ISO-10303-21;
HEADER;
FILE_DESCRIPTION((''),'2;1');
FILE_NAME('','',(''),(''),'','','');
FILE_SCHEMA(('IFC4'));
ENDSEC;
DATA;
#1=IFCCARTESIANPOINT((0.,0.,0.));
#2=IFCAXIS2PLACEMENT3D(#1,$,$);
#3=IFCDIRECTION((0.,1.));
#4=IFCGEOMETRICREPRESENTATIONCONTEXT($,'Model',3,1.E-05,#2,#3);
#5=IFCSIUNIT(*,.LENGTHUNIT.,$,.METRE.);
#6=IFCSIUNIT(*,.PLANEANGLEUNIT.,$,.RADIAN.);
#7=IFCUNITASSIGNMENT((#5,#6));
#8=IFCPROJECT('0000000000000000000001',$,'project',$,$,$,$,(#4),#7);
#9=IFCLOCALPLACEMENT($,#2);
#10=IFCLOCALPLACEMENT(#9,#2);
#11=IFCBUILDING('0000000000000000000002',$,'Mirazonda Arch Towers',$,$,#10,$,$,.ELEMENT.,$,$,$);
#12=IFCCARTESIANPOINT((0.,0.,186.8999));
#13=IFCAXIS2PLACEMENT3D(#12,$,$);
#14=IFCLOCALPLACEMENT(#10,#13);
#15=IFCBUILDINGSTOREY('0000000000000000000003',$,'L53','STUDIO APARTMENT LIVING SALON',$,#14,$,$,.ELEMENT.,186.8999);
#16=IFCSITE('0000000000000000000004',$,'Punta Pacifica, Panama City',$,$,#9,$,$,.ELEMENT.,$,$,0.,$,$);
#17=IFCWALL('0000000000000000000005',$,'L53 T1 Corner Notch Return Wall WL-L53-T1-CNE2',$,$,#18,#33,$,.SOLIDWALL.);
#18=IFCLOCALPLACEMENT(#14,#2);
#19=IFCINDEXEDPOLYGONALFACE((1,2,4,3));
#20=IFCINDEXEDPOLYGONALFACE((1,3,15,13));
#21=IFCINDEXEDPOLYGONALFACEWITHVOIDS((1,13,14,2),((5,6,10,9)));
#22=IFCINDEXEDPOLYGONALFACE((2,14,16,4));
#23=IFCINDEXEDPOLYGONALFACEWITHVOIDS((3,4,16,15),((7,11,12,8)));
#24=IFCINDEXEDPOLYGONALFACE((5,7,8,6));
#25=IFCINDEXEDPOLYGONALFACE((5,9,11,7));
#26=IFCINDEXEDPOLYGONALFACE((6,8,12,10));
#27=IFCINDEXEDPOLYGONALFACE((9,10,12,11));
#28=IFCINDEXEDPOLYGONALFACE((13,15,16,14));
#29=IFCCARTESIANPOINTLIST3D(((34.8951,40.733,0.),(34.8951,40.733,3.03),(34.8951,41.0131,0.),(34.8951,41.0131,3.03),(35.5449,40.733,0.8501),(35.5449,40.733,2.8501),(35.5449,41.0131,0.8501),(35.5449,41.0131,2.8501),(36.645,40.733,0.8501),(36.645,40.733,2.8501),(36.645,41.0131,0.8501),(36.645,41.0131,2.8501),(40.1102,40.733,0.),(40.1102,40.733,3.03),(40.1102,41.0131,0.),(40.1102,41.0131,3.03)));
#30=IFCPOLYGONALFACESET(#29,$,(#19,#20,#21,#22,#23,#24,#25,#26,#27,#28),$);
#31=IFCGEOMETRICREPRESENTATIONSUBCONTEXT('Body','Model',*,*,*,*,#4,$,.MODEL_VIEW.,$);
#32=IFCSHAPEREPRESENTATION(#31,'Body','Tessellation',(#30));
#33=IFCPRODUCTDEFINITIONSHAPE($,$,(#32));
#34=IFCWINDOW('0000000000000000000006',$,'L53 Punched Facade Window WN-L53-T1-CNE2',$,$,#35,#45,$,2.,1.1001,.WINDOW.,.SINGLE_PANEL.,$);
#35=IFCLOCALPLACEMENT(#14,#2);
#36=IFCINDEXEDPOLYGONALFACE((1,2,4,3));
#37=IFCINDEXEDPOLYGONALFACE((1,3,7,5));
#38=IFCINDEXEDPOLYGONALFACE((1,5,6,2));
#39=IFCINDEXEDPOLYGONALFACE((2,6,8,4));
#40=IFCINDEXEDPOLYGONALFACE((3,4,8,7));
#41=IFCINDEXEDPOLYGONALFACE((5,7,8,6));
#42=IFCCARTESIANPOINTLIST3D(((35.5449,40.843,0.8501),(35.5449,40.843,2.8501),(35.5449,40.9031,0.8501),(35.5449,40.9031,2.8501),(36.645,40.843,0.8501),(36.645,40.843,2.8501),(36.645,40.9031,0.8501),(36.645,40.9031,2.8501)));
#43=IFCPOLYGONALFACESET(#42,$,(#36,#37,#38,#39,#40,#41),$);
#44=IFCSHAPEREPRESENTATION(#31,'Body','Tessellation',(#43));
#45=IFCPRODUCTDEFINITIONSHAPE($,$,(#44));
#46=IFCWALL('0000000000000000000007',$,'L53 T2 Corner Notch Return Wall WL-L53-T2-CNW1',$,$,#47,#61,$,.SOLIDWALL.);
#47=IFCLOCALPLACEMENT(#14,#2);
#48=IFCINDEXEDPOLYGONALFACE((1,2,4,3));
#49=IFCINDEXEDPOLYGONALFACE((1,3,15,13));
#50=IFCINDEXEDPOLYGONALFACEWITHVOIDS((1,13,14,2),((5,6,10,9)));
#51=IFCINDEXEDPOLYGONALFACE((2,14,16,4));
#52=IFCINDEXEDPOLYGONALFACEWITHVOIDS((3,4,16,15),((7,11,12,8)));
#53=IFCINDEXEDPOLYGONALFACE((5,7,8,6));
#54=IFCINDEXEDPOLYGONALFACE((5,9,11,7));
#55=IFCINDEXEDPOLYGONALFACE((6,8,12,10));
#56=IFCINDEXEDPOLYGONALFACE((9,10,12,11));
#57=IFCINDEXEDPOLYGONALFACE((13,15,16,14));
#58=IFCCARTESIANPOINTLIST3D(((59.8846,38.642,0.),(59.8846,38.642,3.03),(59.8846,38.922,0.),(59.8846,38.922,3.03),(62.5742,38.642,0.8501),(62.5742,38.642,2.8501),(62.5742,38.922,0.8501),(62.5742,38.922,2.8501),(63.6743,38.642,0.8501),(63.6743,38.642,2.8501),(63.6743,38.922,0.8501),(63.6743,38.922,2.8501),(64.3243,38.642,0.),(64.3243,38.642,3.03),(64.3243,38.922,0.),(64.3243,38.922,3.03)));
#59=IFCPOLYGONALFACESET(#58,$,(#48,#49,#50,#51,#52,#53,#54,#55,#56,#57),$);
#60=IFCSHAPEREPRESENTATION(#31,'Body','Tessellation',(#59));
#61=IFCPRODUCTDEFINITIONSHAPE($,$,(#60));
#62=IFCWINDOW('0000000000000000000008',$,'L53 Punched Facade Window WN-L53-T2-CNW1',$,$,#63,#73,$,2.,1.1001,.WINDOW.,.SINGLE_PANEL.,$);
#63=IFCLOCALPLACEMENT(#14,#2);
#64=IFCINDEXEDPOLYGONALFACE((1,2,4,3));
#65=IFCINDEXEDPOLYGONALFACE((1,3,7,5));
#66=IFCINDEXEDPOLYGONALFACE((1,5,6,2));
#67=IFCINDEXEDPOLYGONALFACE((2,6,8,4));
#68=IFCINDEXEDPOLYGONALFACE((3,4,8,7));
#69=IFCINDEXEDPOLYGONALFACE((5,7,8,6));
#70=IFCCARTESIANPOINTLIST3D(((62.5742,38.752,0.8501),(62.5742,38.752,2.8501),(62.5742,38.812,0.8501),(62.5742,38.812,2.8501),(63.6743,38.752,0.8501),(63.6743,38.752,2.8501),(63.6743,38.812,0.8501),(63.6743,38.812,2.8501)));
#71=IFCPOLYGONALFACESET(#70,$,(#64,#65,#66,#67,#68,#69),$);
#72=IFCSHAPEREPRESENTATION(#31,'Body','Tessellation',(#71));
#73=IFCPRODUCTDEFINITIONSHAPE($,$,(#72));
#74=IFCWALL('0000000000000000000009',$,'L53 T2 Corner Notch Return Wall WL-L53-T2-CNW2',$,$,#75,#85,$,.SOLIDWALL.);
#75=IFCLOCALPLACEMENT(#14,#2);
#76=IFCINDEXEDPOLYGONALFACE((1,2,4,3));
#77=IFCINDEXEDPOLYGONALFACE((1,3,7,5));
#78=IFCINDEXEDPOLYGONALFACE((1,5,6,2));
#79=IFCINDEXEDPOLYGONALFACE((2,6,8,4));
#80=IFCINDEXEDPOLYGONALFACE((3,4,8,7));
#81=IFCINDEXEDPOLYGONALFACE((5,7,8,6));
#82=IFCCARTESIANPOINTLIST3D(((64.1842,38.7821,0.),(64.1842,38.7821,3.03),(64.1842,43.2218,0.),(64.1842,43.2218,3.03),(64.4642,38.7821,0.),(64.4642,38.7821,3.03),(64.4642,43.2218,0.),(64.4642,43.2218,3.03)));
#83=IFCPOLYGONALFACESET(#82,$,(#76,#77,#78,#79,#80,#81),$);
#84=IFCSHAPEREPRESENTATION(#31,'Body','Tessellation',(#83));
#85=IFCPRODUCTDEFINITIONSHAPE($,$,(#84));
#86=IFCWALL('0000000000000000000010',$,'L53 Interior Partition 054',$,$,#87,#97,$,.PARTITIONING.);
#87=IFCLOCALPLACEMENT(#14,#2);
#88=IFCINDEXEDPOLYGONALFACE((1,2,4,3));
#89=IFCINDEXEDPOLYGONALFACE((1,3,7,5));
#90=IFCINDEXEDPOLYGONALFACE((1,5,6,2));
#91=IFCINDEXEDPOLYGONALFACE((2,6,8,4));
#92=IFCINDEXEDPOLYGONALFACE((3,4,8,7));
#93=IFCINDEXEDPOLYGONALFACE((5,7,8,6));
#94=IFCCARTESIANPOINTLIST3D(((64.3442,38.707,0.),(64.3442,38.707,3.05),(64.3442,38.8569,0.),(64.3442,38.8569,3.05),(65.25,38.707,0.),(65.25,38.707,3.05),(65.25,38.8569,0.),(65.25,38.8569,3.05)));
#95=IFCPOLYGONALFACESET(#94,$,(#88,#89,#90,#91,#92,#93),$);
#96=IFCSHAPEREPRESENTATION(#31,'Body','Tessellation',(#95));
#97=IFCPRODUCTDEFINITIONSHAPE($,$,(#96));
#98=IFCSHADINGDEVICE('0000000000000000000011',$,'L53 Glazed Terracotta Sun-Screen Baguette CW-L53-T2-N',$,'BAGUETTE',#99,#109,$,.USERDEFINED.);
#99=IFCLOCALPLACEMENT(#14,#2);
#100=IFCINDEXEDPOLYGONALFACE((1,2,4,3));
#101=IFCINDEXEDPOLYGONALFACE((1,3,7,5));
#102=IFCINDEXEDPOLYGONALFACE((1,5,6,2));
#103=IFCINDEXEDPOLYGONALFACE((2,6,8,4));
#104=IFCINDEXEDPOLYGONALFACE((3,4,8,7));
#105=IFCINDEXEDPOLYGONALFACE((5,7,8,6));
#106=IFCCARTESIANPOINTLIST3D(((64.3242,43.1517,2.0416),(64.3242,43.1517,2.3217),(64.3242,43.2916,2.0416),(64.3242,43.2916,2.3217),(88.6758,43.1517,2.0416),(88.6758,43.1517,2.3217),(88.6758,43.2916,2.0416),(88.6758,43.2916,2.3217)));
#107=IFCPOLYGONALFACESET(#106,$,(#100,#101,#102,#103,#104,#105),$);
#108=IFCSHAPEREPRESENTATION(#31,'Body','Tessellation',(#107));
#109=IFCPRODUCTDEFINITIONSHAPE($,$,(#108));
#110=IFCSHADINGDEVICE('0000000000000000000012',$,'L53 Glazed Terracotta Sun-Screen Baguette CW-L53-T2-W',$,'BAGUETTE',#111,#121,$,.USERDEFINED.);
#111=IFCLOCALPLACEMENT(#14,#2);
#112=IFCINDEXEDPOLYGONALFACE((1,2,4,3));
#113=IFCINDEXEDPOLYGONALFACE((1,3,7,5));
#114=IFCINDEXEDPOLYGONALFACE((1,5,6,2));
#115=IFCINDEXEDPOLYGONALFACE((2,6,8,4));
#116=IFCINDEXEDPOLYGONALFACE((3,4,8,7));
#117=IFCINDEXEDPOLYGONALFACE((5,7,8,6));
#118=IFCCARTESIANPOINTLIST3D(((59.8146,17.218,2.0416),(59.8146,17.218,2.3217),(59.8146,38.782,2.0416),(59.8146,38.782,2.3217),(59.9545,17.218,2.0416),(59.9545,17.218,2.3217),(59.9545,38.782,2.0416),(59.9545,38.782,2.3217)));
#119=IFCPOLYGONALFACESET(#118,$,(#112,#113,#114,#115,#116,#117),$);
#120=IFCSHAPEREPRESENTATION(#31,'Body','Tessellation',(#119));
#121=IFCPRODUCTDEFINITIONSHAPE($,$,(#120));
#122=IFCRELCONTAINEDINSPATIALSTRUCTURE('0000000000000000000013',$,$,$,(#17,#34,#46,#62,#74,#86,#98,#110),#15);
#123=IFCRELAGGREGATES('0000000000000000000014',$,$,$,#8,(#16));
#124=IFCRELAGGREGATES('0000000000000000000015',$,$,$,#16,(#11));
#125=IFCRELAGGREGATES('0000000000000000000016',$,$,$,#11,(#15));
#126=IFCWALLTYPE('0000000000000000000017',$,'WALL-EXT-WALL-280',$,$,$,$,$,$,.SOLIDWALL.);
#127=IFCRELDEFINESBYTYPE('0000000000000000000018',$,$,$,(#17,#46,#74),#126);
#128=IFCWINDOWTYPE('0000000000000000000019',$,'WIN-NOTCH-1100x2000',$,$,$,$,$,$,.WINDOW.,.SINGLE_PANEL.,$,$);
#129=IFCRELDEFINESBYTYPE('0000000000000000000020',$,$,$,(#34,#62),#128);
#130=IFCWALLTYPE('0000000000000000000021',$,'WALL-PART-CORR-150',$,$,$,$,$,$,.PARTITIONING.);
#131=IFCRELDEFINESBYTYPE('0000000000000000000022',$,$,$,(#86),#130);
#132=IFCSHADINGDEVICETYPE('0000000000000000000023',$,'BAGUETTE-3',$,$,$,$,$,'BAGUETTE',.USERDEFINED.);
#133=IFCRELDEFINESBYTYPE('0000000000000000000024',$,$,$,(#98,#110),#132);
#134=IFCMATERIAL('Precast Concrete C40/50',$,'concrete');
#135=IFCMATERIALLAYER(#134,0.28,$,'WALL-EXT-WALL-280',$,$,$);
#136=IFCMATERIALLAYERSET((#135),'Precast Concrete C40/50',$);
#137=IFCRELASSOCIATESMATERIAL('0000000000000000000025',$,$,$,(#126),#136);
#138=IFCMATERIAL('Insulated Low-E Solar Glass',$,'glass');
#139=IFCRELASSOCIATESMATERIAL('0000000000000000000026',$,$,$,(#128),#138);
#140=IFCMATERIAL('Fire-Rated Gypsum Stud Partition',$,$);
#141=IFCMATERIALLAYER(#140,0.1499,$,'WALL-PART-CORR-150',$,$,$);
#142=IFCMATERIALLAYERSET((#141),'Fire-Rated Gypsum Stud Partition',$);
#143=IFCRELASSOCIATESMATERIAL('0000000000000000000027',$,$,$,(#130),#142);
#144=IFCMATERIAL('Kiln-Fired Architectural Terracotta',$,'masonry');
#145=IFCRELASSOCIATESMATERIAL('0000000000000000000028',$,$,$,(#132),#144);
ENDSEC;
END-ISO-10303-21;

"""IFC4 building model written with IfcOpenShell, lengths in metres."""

from ifc_helpers import new_model, si_unit, direction, frame, frame_2d, origin, origin_2d, place, context, subcontext, project, spatial, rectangle, extrude, material, layer, layer_set, material_profile, profile_set, type_object, element, fill, save


model = new_model("IFC4")

# Units and contexts
model_context = context("Model", 3, precision=1e-05, world=origin(), true_north=direction((0.0, 1.0)))
body_context = subcontext(model_context, "Body", "Model", "MODEL_VIEW")
ifc_project = project(units=[si_unit("LENGTHUNIT", "METRE"), si_unit("PLANEANGLEUNIT", "RADIAN")], contexts=[model_context])

# Site, building, storey
site_placement = place(None, origin())
site = spatial("IfcSite", under=ifc_project, at=site_placement, Name="Punta Pacifica, Panama City", CompositionType="ELEMENT", RefElevation=0.0)
building_placement = place(site_placement, origin())
building = spatial("IfcBuilding", under=site, at=building_placement, Name="Mirazonda Arch Towers", CompositionType="ELEMENT")
storey_placement = place(building_placement, frame((0.0, 0.0, 186.8999)))
storey = spatial("IfcBuildingStorey", under=building, at=storey_placement, Name="L53", Description="STUDIO APARTMENT LIVING SALON", CompositionType="ELEMENT", Elevation=186.8999)

# Shared definitions
ifc_material_1 = material(Name="Insulated Low-E Solar Glass", Category="glass")

# Walls, openings, windows
ifc_material_2 = material(Name="Precast Concrete C40/50", Category="concrete")
ifc_layer_1 = layer(ifc_material_2, 0.28, Name="WALL-EXT-WALL-280")
ifc_layer_set_1 = layer_set([ifc_layer_1], Name="Precast Concrete C40/50")
wall_type_1 = type_object("IfcWallType", Name="WALL-EXT-WALL-280", PredefinedType="SOLIDWALL", material=ifc_layer_set_1)
wall_1_placement = place(storey_placement, frame((40.1101, 40.873, 0.0), z_axis=(0.0, 0.0, 1.0), x_axis=(-1.0, 0.0, 0.0)))
wall_1 = element("IfcWall", 1, at=wall_1_placement, inside=storey, type_object=wall_type_1, Name="L53 T1 Corner Notch Return Wall WL-L53-T1-CNE2", PredefinedType="SOLIDWALL", context=body_context, shape_type="SweptSolid", body=[
    extrude(rectangle(XDim=5.2151, YDim=0.28, at=frame_2d((2.6074, 0.0))), origin(), (0.0, 0.0, 1.0), 3.03),
])
opening_1_placement = place(wall_1_placement, frame((3.4651, 0.0, 0.8501)))
opening_1 = element("IfcOpeningElement", 2, at=opening_1_placement, cuts=wall_1, PredefinedType="OPENING", context=body_context, shape_type="SweptSolid", body=[
    extrude(rectangle(XDim=1.1001, YDim=2.0, at=frame_2d((0.55, 1.0))), frame((0.0, 0.1499, 0.0), z_axis=(0.0, -1.0, 0.0), x_axis=(1.0, 0.0, 0.0)), (0.0, 0.0, 1.0), 0.3),
])
window_type = type_object("IfcWindowType", Name="WIN-NOTCH-1100x2000", PartitioningType="SINGLE_PANEL", PredefinedType="WINDOW", material=ifc_material_1)
window_1_placement = place(opening_1_placement, origin())
window_1 = element("IfcWindow", 3, at=window_1_placement, inside=storey, type_object=window_type, Name="L53 Punched Facade Window WN-L53-T1-CNE2", OverallHeight=2.0, OverallWidth=1.1001, PartitioningType="SINGLE_PANEL", PredefinedType="WINDOW", context=body_context, shape_type="SweptSolid", body=[
    extrude(rectangle(XDim=1.1001, YDim=2.0, at=frame_2d((0.55, 1.0))), frame((0.0, 0.03, 0.0), z_axis=(0.0, -1.0, 0.0), x_axis=(1.0, 0.0, 0.0)), (0.0, 0.0, 1.0), 0.0601),
])
fill(opening_1, window_1)
wall_2_placement = place(storey_placement, frame((64.3242, 38.782, 0.0), z_axis=(0.0, 0.0, 1.0), x_axis=(-1.0, 0.0, 0.0)))
wall_2 = element("IfcWall", 4, at=wall_2_placement, inside=storey, type_object=wall_type_1, Name="L53 T2 Corner Notch Return Wall WL-L53-T2-CNW1", PredefinedType="SOLIDWALL", context=body_context, shape_type="SweptSolid", body=[
    extrude(rectangle(XDim=4.4397, YDim=0.28, at=frame_2d((2.2197, 0.0))), origin(), (0.0, 0.0, 1.0), 3.03),
])
opening_2_placement = place(wall_2_placement, frame((0.6499, 0.0, 0.8501)))
opening_2 = element("IfcOpeningElement", 5, at=opening_2_placement, cuts=wall_2, PredefinedType="OPENING", context=body_context, shape_type="SweptSolid", body=[
    extrude(rectangle(XDim=1.1001, YDim=2.0, at=frame_2d((0.55, 1.0))), frame((0.0, 0.1499, 0.0), z_axis=(0.0, -1.0, 0.0), x_axis=(1.0, 0.0, 0.0)), (0.0, 0.0, 1.0), 0.3),
])
window_2_placement = place(opening_2_placement, origin())
window_2 = element("IfcWindow", 6, at=window_2_placement, inside=storey, type_object=window_type, Name="L53 Punched Facade Window WN-L53-T2-CNW1", OverallHeight=2.0, OverallWidth=1.1001, PartitioningType="SINGLE_PANEL", PredefinedType="WINDOW", context=body_context, shape_type="SweptSolid", body=[
    extrude(rectangle(XDim=1.1001, YDim=2.0, at=frame_2d((0.55, 1.0))), frame((0.0, 0.03, 0.0), z_axis=(0.0, -1.0, 0.0), x_axis=(1.0, 0.0, 0.0)), (0.0, 0.0, 1.0), 0.0601),
])
fill(opening_2, window_2)

# Wall
wall_3_placement = place(storey_placement, frame((64.3242, 43.2217, 0.0), z_axis=(0.0, 0.0, 1.0), x_axis=(0.0, -1.0, 0.0)))
element("IfcWall", 7, at=wall_3_placement, inside=storey, type_object=wall_type_1, Name="L53 T2 Corner Notch Return Wall WL-L53-T2-CNW2", PredefinedType="SOLIDWALL", context=body_context, shape_type="SweptSolid", body=[
    extrude(rectangle(XDim=4.4397, YDim=0.28, at=frame_2d((2.2197, 0.0))), origin(), (0.0, 0.0, 1.0), 3.03),
])

# Shared definitions
ifc_material_3 = material(Name="Fire-Rated Gypsum Stud Partition")
ifc_layer_2 = layer(ifc_material_3, 0.1499, Name="WALL-PART-CORR-150")
ifc_layer_set_2 = layer_set([ifc_layer_2], Name="Fire-Rated Gypsum Stud Partition")
wall_type_2 = type_object("IfcWallType", Name="WALL-PART-CORR-150", PredefinedType="PARTITIONING", material=ifc_layer_set_2)

# Wall
wall_4_placement = place(storey_placement, frame((64.3442, 38.782, 0.0), z_axis=(0.0, 0.0, 1.0), x_axis=(1.0, 0.0, 0.0)))
element("IfcWall", 8, at=wall_4_placement, inside=storey, type_object=wall_type_2, Name="L53 Interior Partition 054", PredefinedType="PARTITIONING", context=body_context, shape_type="SweptSolid", body=[
    extrude(rectangle(XDim=0.9058, YDim=0.1499, at=frame_2d((0.4529, 0.0))), origin(), (0.0, 0.0, 1.0), 3.05),
])

# Shading devices
ifc_material_4 = material(Name="Kiln-Fired Architectural Terracotta", Category="masonry")
ifc_material_profile_1 = material_profile(ifc_material_4, rectangle(XDim=0.1399, YDim=0.28, at=origin_2d()), Name="TERRA-BAG-140x280")
ifc_profile_set_1 = profile_set([ifc_material_profile_1], Name="Kiln-Fired Architectural Terracotta")
shading_device_type = type_object("IfcShadingDeviceType", Name="BAGUETTE-3", ElementType="BAGUETTE", PredefinedType="USERDEFINED", material=ifc_profile_set_1)
shading_device_1_placement = place(storey_placement, frame((64.3242, 43.2217, 2.1816), z_axis=(1.0, 0.0, 0.0), x_axis=(0.0, 1.0, 0.0)))
element("IfcShadingDevice", 9, at=shading_device_1_placement, inside=storey, type_object=shading_device_type, Name="L53 Glazed Terracotta Sun-Screen Baguette CW-L53-T2-N", ObjectType="BAGUETTE", PredefinedType="USERDEFINED", context=body_context, shape_type="SweptSolid", body=[
    extrude(rectangle(XDim=0.1399, YDim=0.28, at=origin_2d()), origin(), (0.0, 0.0, 1.0), 24.3516),
])
shading_device_2_placement = place(storey_placement, frame((59.8845, 38.782, 2.1816), z_axis=(0.0, -1.0, 0.0), x_axis=(1.0, 0.0, 0.0)))
element("IfcShadingDevice", 10, at=shading_device_2_placement, inside=storey, type_object=shading_device_type, Name="L53 Glazed Terracotta Sun-Screen Baguette CW-L53-T2-W", ObjectType="BAGUETTE", PredefinedType="USERDEFINED", context=body_context, shape_type="SweptSolid", body=[
    extrude(rectangle(XDim=0.1399, YDim=0.28, at=origin_2d()), origin(), (0.0, 0.0, 1.0), 21.564),
])

save(model, "model.ifc")
